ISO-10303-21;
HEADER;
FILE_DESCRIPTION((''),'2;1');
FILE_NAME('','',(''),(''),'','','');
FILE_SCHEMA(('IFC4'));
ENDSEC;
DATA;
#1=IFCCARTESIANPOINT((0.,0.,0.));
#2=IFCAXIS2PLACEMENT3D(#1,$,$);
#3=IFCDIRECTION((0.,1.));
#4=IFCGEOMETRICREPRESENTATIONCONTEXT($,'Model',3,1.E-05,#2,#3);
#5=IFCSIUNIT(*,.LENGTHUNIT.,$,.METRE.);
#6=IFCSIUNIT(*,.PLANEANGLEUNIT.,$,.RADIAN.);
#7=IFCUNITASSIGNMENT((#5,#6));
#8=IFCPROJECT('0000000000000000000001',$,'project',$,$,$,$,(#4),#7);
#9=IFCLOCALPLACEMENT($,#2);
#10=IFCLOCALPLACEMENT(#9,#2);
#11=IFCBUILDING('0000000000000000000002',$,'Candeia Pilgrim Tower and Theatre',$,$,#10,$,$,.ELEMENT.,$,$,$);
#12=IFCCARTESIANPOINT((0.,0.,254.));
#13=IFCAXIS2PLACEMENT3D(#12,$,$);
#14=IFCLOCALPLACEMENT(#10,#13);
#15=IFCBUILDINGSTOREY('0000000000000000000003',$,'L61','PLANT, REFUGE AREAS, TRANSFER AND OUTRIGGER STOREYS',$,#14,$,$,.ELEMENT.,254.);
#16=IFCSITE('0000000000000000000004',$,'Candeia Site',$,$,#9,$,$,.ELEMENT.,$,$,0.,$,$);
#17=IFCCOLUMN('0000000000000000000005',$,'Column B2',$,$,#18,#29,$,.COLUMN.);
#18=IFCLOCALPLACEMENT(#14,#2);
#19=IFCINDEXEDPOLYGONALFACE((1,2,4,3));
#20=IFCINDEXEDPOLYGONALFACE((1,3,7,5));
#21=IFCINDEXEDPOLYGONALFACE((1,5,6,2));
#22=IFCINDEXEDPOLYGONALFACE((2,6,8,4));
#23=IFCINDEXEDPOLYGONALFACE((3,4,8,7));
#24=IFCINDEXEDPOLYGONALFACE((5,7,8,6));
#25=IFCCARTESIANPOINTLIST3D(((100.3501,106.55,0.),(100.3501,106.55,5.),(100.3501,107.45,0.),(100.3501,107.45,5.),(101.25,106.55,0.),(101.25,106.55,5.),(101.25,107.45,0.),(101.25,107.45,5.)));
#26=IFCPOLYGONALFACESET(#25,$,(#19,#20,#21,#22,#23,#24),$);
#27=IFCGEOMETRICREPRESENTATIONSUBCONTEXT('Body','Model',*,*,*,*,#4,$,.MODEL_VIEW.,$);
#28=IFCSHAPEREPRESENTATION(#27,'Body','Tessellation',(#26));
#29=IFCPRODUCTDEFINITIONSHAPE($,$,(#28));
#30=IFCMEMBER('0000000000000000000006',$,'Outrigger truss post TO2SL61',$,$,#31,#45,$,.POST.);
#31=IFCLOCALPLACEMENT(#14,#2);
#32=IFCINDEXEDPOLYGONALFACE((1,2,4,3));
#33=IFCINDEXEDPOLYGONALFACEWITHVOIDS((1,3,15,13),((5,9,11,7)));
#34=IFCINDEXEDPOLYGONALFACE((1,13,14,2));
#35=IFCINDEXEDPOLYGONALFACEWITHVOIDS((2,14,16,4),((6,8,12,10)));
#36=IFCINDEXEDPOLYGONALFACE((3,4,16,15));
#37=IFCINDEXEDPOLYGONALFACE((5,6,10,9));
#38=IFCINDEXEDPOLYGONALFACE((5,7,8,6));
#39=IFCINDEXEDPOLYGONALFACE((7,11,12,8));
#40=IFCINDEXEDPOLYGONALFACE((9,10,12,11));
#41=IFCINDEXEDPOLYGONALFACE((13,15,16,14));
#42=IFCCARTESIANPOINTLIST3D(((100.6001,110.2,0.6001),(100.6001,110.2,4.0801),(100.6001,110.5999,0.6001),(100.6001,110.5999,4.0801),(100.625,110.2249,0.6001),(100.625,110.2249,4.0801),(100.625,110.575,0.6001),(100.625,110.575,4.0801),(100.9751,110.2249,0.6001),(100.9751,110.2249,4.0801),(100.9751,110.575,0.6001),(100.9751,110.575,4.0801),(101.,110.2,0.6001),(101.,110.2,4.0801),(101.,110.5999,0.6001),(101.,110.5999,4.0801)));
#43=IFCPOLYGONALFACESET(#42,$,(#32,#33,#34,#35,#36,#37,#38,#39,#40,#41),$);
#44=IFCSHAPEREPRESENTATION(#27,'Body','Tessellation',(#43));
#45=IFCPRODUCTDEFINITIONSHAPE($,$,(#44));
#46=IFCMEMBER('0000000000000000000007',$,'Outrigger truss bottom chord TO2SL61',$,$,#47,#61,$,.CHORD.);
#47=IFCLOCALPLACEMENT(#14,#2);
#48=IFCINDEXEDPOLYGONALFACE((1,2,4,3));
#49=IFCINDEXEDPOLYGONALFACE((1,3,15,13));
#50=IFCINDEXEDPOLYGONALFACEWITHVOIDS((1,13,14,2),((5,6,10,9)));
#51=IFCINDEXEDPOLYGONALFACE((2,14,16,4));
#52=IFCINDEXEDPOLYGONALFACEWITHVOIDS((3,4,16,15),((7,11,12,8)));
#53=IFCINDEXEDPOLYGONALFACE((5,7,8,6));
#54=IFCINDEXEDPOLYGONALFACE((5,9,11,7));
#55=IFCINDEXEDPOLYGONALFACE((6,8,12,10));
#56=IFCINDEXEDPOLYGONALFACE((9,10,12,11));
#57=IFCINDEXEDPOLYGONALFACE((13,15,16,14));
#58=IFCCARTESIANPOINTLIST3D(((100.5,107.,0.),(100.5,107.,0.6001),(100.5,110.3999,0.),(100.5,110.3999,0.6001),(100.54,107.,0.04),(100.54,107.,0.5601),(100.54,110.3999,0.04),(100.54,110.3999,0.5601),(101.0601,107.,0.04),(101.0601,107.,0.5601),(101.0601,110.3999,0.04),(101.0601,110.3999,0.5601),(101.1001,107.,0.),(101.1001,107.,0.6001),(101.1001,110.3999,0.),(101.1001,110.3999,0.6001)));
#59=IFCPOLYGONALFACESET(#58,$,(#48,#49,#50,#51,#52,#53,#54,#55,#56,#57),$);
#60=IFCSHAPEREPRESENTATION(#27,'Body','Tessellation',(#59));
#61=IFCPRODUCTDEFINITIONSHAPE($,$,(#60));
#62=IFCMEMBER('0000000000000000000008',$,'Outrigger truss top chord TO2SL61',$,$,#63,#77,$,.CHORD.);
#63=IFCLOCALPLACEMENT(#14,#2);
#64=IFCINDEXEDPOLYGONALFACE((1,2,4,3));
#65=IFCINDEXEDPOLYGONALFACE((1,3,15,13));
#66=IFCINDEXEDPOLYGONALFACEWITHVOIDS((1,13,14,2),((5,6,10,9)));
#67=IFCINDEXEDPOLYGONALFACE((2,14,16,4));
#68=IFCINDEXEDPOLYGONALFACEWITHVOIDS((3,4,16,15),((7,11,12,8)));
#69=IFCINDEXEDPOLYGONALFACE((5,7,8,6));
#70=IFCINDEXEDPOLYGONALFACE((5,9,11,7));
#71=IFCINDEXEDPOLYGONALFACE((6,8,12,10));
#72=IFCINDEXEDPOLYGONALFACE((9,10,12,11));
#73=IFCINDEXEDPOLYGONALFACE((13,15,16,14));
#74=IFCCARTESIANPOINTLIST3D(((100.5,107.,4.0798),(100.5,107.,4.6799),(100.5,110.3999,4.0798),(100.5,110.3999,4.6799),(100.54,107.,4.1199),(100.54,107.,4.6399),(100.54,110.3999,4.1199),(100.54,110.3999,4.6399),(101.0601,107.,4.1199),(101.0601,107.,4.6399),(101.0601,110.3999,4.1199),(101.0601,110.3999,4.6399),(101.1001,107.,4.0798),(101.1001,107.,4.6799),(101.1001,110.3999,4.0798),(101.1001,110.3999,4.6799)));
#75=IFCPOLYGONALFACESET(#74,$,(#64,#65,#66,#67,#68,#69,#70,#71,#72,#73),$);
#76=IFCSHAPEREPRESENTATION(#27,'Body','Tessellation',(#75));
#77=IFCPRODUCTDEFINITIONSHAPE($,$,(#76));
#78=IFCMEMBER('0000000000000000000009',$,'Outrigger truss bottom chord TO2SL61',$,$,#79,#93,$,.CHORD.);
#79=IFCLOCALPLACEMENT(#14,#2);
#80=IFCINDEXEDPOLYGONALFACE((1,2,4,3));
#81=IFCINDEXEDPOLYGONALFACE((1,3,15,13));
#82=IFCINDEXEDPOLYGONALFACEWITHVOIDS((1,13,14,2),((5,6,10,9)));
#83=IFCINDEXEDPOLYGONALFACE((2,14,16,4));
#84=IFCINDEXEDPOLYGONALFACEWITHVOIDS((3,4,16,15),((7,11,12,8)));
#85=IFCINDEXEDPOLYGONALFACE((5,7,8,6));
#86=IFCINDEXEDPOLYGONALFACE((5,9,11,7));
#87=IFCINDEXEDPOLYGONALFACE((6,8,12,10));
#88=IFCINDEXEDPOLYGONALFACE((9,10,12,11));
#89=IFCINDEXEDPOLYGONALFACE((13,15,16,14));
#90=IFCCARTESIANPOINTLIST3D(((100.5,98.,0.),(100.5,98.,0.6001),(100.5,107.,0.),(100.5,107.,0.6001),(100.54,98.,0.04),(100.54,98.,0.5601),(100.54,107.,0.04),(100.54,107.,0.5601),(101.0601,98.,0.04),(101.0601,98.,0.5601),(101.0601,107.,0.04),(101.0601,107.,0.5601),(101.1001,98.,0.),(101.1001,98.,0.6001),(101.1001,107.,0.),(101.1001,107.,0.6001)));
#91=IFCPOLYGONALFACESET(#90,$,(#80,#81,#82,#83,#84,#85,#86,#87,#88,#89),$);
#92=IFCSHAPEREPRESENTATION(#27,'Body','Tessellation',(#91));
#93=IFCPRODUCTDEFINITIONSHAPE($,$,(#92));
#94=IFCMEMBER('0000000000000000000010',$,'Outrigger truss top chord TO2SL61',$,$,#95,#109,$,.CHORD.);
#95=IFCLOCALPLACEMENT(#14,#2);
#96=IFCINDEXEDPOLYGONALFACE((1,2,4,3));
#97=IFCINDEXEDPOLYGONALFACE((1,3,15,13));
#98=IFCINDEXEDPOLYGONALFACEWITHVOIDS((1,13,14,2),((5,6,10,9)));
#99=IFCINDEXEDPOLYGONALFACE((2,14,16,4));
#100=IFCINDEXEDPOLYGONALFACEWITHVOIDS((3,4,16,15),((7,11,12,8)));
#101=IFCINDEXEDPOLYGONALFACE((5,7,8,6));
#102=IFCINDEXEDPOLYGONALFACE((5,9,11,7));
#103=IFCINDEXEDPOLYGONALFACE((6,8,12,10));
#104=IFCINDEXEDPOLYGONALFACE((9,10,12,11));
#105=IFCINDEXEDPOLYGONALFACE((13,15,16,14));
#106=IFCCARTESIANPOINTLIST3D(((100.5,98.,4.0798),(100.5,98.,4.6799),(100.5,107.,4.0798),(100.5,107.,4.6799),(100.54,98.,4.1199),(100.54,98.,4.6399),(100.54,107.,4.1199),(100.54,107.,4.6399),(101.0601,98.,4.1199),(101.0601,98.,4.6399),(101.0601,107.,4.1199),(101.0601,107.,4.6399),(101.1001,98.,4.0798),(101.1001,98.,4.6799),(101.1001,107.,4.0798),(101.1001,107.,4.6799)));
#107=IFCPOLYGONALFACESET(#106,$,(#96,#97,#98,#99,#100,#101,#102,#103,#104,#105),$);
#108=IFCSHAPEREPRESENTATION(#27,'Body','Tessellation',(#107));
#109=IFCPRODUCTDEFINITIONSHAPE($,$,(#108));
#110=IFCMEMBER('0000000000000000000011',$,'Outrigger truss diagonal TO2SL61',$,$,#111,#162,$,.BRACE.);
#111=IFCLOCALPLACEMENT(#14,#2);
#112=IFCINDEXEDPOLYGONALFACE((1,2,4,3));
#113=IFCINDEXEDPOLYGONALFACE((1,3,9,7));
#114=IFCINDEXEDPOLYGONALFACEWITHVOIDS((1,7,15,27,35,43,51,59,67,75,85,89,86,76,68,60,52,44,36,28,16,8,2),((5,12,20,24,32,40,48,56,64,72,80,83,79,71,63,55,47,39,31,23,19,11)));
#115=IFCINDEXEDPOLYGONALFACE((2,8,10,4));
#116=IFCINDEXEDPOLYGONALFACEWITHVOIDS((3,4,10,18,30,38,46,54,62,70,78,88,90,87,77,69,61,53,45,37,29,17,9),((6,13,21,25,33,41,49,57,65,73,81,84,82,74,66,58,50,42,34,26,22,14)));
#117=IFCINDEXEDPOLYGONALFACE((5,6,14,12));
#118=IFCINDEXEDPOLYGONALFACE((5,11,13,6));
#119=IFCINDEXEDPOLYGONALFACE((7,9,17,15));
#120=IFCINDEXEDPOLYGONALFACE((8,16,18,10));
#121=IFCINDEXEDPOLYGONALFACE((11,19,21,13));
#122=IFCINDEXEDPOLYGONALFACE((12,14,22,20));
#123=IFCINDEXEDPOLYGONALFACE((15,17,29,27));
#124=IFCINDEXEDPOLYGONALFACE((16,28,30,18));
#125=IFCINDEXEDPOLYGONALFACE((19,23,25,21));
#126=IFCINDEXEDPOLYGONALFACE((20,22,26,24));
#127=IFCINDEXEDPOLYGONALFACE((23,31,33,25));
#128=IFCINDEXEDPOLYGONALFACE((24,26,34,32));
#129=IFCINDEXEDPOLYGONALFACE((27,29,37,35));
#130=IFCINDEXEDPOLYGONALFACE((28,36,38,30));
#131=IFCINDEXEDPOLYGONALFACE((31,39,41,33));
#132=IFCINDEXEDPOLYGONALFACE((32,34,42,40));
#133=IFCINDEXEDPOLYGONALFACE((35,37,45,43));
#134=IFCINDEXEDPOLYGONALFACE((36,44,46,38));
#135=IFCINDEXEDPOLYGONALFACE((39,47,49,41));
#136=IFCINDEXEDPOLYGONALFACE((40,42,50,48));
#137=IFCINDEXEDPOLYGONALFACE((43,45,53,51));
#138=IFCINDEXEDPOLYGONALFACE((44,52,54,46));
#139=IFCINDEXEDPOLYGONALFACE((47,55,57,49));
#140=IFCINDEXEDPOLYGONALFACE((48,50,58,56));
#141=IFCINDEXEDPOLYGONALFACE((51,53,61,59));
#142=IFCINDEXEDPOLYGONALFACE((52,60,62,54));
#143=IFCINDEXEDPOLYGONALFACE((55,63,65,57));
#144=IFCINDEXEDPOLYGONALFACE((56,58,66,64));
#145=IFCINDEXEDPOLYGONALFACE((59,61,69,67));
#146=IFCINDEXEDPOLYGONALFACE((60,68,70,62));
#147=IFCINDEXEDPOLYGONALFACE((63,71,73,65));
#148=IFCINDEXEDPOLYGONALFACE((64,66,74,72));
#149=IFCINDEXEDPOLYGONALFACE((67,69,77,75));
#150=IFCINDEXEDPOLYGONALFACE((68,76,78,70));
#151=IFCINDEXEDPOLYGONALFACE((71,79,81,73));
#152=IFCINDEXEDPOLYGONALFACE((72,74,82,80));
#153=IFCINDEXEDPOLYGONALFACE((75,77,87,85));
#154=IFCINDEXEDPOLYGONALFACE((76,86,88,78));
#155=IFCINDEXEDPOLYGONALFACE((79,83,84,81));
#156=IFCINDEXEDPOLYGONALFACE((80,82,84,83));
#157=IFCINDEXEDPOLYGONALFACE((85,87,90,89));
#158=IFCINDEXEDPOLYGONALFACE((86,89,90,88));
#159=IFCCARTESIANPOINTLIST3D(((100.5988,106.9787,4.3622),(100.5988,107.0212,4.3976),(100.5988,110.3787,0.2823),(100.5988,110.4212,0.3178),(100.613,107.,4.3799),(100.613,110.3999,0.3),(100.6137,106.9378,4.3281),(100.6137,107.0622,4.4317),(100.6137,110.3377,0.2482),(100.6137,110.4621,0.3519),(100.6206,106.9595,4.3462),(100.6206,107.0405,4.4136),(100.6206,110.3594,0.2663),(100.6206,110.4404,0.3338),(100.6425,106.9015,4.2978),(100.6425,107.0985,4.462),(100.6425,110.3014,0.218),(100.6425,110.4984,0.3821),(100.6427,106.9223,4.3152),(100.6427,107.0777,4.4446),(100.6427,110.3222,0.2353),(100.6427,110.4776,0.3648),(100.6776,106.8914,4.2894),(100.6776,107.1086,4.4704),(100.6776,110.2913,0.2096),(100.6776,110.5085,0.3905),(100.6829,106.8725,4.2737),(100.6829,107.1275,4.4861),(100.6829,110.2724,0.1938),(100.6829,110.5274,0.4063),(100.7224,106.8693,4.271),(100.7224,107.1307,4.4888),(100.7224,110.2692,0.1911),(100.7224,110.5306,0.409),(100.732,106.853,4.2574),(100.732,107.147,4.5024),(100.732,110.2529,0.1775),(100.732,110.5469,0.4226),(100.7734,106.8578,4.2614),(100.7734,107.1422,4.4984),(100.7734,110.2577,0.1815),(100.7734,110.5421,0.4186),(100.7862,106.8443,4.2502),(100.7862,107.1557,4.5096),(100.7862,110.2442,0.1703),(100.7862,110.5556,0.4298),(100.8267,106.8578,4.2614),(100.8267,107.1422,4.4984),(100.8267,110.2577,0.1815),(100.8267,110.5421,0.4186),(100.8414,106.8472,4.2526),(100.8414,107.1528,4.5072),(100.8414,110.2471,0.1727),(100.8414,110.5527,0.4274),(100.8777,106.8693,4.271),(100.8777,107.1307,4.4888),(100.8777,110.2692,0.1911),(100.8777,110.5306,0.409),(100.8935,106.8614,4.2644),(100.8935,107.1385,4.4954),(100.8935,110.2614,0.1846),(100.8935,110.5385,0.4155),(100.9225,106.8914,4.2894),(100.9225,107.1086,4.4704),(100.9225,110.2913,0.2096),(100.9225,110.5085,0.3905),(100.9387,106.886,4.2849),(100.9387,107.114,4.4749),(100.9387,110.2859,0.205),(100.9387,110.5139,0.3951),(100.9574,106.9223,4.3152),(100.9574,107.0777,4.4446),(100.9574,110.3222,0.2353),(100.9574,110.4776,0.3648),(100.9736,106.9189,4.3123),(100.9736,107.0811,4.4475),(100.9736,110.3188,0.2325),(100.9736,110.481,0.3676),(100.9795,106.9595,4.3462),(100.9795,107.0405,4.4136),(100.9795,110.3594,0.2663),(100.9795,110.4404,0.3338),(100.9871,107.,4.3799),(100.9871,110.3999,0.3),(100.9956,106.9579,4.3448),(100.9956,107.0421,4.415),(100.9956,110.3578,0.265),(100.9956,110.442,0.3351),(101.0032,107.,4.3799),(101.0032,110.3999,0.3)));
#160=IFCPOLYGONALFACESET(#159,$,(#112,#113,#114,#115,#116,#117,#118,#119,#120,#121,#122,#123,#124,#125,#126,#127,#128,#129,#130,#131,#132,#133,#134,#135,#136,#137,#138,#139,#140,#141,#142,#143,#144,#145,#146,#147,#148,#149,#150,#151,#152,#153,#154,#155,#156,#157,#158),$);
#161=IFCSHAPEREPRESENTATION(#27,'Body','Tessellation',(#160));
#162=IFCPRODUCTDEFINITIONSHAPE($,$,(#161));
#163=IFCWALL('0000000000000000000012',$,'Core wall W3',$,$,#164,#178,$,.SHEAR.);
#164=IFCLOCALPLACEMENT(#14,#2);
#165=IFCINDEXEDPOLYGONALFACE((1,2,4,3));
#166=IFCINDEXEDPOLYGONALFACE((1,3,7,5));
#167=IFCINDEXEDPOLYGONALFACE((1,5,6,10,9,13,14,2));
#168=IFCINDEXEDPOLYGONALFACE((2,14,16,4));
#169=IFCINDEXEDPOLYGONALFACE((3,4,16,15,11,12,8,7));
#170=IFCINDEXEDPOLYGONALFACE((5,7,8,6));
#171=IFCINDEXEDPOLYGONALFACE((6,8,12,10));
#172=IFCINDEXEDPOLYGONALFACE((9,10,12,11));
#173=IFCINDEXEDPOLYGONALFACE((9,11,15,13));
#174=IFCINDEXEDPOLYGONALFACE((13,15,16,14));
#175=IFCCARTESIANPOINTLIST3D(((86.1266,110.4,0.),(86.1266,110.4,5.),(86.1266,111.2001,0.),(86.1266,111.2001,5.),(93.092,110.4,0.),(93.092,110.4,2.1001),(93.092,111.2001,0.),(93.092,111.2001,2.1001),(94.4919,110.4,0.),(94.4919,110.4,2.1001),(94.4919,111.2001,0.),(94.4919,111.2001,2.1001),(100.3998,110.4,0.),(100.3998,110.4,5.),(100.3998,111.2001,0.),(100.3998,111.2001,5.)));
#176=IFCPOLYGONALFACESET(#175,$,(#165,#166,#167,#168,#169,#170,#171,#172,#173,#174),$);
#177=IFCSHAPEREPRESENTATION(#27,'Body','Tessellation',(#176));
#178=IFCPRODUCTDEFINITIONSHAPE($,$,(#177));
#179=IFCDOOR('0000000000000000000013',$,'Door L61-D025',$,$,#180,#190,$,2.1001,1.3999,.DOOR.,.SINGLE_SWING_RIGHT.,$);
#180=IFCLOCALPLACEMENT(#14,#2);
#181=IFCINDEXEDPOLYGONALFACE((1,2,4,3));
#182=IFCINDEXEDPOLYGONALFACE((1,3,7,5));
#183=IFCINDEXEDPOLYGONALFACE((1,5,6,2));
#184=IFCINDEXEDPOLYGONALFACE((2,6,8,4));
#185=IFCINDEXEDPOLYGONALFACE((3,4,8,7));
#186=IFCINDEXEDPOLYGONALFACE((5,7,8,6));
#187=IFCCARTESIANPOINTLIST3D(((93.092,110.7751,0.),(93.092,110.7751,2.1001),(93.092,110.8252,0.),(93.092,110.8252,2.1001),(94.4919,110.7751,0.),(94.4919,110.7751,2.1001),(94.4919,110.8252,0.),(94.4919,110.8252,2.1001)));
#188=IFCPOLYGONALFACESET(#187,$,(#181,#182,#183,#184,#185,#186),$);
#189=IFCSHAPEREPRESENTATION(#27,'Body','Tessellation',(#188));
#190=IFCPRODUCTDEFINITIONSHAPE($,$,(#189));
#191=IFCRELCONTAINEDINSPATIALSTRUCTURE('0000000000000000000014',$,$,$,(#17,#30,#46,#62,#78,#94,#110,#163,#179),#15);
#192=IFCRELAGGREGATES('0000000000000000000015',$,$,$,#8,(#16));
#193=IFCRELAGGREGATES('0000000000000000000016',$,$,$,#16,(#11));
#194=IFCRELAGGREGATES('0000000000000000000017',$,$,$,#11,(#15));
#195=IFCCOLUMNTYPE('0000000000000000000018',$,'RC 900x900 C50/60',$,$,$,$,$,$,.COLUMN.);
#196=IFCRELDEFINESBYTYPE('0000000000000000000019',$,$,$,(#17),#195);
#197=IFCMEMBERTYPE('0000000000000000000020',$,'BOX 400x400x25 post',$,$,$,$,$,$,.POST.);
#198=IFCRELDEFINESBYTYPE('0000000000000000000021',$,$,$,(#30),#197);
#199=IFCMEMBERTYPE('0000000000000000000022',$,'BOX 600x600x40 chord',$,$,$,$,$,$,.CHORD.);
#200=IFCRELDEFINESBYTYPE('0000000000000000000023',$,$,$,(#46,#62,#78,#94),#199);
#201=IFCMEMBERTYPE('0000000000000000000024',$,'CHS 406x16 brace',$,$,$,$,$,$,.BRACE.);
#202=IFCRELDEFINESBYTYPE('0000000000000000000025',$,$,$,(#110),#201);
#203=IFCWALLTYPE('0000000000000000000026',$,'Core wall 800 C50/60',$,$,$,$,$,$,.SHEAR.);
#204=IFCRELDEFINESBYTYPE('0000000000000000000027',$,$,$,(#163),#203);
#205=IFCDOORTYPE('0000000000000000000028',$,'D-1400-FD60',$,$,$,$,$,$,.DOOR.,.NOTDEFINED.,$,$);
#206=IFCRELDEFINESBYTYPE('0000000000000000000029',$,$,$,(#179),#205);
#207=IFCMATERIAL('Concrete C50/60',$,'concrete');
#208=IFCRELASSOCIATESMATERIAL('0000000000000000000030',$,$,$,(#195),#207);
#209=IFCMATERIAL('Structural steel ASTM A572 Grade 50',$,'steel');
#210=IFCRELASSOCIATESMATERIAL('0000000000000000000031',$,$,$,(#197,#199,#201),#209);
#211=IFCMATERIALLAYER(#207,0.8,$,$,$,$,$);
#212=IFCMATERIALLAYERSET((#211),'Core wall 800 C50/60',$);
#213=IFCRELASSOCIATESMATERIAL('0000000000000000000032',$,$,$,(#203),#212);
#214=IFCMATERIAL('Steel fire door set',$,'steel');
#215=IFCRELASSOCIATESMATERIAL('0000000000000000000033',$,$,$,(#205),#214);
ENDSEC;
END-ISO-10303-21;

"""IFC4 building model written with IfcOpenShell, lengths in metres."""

from ifc_helpers import new_model, si_unit, direction, frame, frame_2d, origin, origin_2d, place, context, subcontext, project, spatial, rectangle, hollow_rectangle, hollow_circle, extrude, material, layer, layer_set, material_profile, profile_set, type_object, element, fill, save


model = new_model("IFC4")

# Units and contexts
model_context = context("Model", 3, precision=1e-05, world=origin(), true_north=direction((0.0, 1.0)))
body_context = subcontext(model_context, "Body", "Model", "MODEL_VIEW")
ifc_project = project(units=[si_unit("LENGTHUNIT", "METRE"), si_unit("PLANEANGLEUNIT", "RADIAN")], contexts=[model_context])

# Site, building, storey
site_placement = place(None, origin())
site = spatial("IfcSite", under=ifc_project, at=site_placement, Name="Candeia Site", CompositionType="ELEMENT", RefElevation=0.0)
building_placement = place(site_placement, origin())
building = spatial("IfcBuilding", under=site, at=building_placement, Name="Candeia Pilgrim Tower and Theatre", CompositionType="ELEMENT")
storey_placement = place(building_placement, frame((0.0, 0.0, 254.0)))
storey = spatial("IfcBuildingStorey", under=building, at=storey_placement, Name="L61", Description="PLANT, REFUGE AREAS, TRANSFER AND OUTRIGGER STOREYS", CompositionType="ELEMENT", Elevation=254.0)

# Column
ifc_material_1 = material(Name="Concrete C50/60", Category="concrete")
ifc_material_profile_1 = material_profile(ifc_material_1, rectangle(XDim=0.8999, YDim=0.8999, at=origin_2d()))
ifc_profile_set_1 = profile_set([ifc_material_profile_1], Name="Concrete C50/60")
column_type = type_object("IfcColumnType", Name="RC 900x900 C50/60", PredefinedType="COLUMN", material=ifc_profile_set_1)
column_placement = place(storey_placement, frame((100.8, 107.0, 0.0), z_axis=(0.0, 0.0, 1.0), x_axis=(1.0, 0.0, 0.0)))
element("IfcColumn", 1, at=column_placement, inside=storey, type_object=column_type, Name="Column B2", PredefinedType="COLUMN", context=body_context, shape_type="SweptSolid", body=[
    extrude(rectangle(XDim=0.8999, YDim=0.8999, at=origin_2d()), origin(), (0.0, 0.0, 1.0), 5.0),
])

# Members
ifc_material_2 = material(Name="Structural steel ASTM A572 Grade 50", Category="steel")
ifc_material_profile_2 = material_profile(ifc_material_2, hollow_rectangle(XDim=0.3999, YDim=0.3999, WallThickness=0.0249, at=origin_2d()))
ifc_profile_set_2 = profile_set([ifc_material_profile_2], Name="Structural steel ASTM A572 Grade 50")
member_type_1 = type_object("IfcMemberType", Name="BOX 400x400x25 post", PredefinedType="POST", material=ifc_profile_set_2)
member_1_placement = place(storey_placement, frame((100.8, 110.3999, 0.6001), z_axis=(0.0, 0.0, 1.0), x_axis=(1.0, 0.0, 0.0)))
element("IfcMember", 2, at=member_1_placement, inside=storey, type_object=member_type_1, Name="Outrigger truss post TO2SL61", PredefinedType="POST", context=body_context, shape_type="SweptSolid", body=[
    extrude(hollow_rectangle(XDim=0.3999, YDim=0.3999, WallThickness=0.0249, at=origin_2d()), origin(), (0.0, 0.0, 1.0), 3.48),
])
ifc_material_profile_3 = material_profile(ifc_material_2, hollow_rectangle(XDim=0.6001, YDim=0.6001, WallThickness=0.04, at=origin_2d()))
ifc_profile_set_3 = profile_set([ifc_material_profile_3], Name="Structural steel ASTM A572 Grade 50")
member_type_2 = type_object("IfcMemberType", Name="BOX 600x600x40 chord", PredefinedType="CHORD", material=ifc_profile_set_3)
for number, where, z_axis, x_axis, name in (
    (3, (100.8, 110.3999, 0.3), (0.0, -1.0, 0.0), (1.0, 0.0, 0.0), "Outrigger truss bottom chord TO2SL61"),
    (4, (100.8, 110.3999, 4.3799), (0.0, -1.0, 0.0), (1.0, 0.0, 0.0), "Outrigger truss top chord TO2SL61"),
):
    element("IfcMember", number, at=place(storey_placement, frame(where, z_axis=z_axis, x_axis=x_axis)), inside=storey, type_object=member_type_2, Name=name, PredefinedType="CHORD", context=body_context, shape_type="SweptSolid", body=[
        extrude(hollow_rectangle(XDim=0.6001, YDim=0.6001, WallThickness=0.04, at=origin_2d()), origin(), (0.0, 0.0, 1.0), 3.3999),
    ])
for number, where, z_axis, x_axis, name in (
    (5, (100.8, 107.0, 0.3), (0.0, -1.0, 0.0), (1.0, 0.0, 0.0), "Outrigger truss bottom chord TO2SL61"),
    (6, (100.8, 107.0, 4.3799), (0.0, -1.0, 0.0), (1.0, 0.0, 0.0), "Outrigger truss top chord TO2SL61"),
):
    element("IfcMember", number, at=place(storey_placement, frame(where, z_axis=z_axis, x_axis=x_axis)), inside=storey, type_object=member_type_2, Name=name, PredefinedType="CHORD", context=body_context, shape_type="SweptSolid", body=[
        extrude(hollow_rectangle(XDim=0.6001, YDim=0.6001, WallThickness=0.04, at=origin_2d()), origin(), (0.0, 0.0, 1.0), 9.0),
    ])
ifc_material_profile_4 = material_profile(ifc_material_2, hollow_circle(Radius=0.2031, WallThickness=0.0161, at=origin_2d()))
ifc_profile_set_4 = profile_set([ifc_material_profile_4], Name="Structural steel ASTM A572 Grade 50")
member_type_3 = type_object("IfcMemberType", Name="CHS 406x16 brace", PredefinedType="BRACE", material=ifc_profile_set_4)
member_2_placement = place(storey_placement, frame((100.8, 110.3999, 0.3), z_axis=(0.0, -0.640189, 0.768218), x_axis=(1.0, 0.0, 0.0)))
element("IfcMember", 7, at=member_2_placement, inside=storey, type_object=member_type_3, Name="Outrigger truss diagonal TO2SL61", PredefinedType="BRACE", context=body_context, shape_type="SweptSolid", body=[
    extrude(hollow_circle(Radius=0.2031, WallThickness=0.0161, at=origin_2d()), origin(), (0.0, 0.0, 1.0), 5.3108),
])

# Wall, opening, door
ifc_layer_1 = layer(ifc_material_1, 0.8)
ifc_layer_set_1 = layer_set([ifc_layer_1], Name="Core wall 800 C50/60")
wall_type_1 = type_object("IfcWallType", Name="Core wall 800 C50/60", PredefinedType="SHEAR", material=ifc_layer_set_1)
wall_1_placement = place(storey_placement, frame((100.3999, 110.8, 0.0), z_axis=(0.0, 0.0, 1.0), x_axis=(-1.0, 0.0, 0.0)))
wall_1 = element("IfcWall", 8, at=wall_1_placement, inside=storey, type_object=wall_type_1, Name="Core wall W3", PredefinedType="SHEAR", context=body_context, shape_type="SweptSolid", body=[
    extrude(rectangle(XDim=14.2732, YDim=0.8, at=frame_2d((7.1367, 0.0))), origin(), (0.0, 0.0, 1.0), 5.0),
])
opening_1_placement = place(wall_1_placement, frame((5.908, 0.0, 0.0)))
opening_1 = element("IfcOpeningElement", 9, at=opening_1_placement, cuts=wall_1, PredefinedType="OPENING", context=body_context, shape_type="SweptSolid", body=[
    extrude(rectangle(XDim=1.3999, YDim=2.1001, at=frame_2d((0.7, 1.05))), frame((0.0, 0.4102, 0.0), z_axis=(0.0, -1.0, 0.0), x_axis=(1.0, 0.0, 0.0)), (0.0, 0.0, 1.0), 0.8201),
])
ifc_material_3 = material(Name="Steel fire door set", Category="steel")
door_type_1 = type_object("IfcDoorType", Name="D-1400-FD60", OperationType="NOTDEFINED", PredefinedType="DOOR", material=ifc_material_3)
door_1_placement = place(opening_1_placement, origin())
door_1 = element("IfcDoor", 10, at=door_1_placement, inside=storey, type_object=door_type_1, Name="Door L61-D025", OperationType="SINGLE_SWING_RIGHT", OverallHeight=2.1001, OverallWidth=1.3999, PredefinedType="DOOR", context=body_context, shape_type="SweptSolid", body=[
    extrude(rectangle(XDim=1.3999, YDim=2.1001, at=frame_2d((0.7, 1.05))), frame((0.0, 0.0249, 0.0), z_axis=(0.0, -1.0, 0.0), x_axis=(1.0, 0.0, 0.0)), (0.0, 0.0, 1.0), 0.05),
])
fill(opening_1, door_1)

save(model, "model.ifc")
